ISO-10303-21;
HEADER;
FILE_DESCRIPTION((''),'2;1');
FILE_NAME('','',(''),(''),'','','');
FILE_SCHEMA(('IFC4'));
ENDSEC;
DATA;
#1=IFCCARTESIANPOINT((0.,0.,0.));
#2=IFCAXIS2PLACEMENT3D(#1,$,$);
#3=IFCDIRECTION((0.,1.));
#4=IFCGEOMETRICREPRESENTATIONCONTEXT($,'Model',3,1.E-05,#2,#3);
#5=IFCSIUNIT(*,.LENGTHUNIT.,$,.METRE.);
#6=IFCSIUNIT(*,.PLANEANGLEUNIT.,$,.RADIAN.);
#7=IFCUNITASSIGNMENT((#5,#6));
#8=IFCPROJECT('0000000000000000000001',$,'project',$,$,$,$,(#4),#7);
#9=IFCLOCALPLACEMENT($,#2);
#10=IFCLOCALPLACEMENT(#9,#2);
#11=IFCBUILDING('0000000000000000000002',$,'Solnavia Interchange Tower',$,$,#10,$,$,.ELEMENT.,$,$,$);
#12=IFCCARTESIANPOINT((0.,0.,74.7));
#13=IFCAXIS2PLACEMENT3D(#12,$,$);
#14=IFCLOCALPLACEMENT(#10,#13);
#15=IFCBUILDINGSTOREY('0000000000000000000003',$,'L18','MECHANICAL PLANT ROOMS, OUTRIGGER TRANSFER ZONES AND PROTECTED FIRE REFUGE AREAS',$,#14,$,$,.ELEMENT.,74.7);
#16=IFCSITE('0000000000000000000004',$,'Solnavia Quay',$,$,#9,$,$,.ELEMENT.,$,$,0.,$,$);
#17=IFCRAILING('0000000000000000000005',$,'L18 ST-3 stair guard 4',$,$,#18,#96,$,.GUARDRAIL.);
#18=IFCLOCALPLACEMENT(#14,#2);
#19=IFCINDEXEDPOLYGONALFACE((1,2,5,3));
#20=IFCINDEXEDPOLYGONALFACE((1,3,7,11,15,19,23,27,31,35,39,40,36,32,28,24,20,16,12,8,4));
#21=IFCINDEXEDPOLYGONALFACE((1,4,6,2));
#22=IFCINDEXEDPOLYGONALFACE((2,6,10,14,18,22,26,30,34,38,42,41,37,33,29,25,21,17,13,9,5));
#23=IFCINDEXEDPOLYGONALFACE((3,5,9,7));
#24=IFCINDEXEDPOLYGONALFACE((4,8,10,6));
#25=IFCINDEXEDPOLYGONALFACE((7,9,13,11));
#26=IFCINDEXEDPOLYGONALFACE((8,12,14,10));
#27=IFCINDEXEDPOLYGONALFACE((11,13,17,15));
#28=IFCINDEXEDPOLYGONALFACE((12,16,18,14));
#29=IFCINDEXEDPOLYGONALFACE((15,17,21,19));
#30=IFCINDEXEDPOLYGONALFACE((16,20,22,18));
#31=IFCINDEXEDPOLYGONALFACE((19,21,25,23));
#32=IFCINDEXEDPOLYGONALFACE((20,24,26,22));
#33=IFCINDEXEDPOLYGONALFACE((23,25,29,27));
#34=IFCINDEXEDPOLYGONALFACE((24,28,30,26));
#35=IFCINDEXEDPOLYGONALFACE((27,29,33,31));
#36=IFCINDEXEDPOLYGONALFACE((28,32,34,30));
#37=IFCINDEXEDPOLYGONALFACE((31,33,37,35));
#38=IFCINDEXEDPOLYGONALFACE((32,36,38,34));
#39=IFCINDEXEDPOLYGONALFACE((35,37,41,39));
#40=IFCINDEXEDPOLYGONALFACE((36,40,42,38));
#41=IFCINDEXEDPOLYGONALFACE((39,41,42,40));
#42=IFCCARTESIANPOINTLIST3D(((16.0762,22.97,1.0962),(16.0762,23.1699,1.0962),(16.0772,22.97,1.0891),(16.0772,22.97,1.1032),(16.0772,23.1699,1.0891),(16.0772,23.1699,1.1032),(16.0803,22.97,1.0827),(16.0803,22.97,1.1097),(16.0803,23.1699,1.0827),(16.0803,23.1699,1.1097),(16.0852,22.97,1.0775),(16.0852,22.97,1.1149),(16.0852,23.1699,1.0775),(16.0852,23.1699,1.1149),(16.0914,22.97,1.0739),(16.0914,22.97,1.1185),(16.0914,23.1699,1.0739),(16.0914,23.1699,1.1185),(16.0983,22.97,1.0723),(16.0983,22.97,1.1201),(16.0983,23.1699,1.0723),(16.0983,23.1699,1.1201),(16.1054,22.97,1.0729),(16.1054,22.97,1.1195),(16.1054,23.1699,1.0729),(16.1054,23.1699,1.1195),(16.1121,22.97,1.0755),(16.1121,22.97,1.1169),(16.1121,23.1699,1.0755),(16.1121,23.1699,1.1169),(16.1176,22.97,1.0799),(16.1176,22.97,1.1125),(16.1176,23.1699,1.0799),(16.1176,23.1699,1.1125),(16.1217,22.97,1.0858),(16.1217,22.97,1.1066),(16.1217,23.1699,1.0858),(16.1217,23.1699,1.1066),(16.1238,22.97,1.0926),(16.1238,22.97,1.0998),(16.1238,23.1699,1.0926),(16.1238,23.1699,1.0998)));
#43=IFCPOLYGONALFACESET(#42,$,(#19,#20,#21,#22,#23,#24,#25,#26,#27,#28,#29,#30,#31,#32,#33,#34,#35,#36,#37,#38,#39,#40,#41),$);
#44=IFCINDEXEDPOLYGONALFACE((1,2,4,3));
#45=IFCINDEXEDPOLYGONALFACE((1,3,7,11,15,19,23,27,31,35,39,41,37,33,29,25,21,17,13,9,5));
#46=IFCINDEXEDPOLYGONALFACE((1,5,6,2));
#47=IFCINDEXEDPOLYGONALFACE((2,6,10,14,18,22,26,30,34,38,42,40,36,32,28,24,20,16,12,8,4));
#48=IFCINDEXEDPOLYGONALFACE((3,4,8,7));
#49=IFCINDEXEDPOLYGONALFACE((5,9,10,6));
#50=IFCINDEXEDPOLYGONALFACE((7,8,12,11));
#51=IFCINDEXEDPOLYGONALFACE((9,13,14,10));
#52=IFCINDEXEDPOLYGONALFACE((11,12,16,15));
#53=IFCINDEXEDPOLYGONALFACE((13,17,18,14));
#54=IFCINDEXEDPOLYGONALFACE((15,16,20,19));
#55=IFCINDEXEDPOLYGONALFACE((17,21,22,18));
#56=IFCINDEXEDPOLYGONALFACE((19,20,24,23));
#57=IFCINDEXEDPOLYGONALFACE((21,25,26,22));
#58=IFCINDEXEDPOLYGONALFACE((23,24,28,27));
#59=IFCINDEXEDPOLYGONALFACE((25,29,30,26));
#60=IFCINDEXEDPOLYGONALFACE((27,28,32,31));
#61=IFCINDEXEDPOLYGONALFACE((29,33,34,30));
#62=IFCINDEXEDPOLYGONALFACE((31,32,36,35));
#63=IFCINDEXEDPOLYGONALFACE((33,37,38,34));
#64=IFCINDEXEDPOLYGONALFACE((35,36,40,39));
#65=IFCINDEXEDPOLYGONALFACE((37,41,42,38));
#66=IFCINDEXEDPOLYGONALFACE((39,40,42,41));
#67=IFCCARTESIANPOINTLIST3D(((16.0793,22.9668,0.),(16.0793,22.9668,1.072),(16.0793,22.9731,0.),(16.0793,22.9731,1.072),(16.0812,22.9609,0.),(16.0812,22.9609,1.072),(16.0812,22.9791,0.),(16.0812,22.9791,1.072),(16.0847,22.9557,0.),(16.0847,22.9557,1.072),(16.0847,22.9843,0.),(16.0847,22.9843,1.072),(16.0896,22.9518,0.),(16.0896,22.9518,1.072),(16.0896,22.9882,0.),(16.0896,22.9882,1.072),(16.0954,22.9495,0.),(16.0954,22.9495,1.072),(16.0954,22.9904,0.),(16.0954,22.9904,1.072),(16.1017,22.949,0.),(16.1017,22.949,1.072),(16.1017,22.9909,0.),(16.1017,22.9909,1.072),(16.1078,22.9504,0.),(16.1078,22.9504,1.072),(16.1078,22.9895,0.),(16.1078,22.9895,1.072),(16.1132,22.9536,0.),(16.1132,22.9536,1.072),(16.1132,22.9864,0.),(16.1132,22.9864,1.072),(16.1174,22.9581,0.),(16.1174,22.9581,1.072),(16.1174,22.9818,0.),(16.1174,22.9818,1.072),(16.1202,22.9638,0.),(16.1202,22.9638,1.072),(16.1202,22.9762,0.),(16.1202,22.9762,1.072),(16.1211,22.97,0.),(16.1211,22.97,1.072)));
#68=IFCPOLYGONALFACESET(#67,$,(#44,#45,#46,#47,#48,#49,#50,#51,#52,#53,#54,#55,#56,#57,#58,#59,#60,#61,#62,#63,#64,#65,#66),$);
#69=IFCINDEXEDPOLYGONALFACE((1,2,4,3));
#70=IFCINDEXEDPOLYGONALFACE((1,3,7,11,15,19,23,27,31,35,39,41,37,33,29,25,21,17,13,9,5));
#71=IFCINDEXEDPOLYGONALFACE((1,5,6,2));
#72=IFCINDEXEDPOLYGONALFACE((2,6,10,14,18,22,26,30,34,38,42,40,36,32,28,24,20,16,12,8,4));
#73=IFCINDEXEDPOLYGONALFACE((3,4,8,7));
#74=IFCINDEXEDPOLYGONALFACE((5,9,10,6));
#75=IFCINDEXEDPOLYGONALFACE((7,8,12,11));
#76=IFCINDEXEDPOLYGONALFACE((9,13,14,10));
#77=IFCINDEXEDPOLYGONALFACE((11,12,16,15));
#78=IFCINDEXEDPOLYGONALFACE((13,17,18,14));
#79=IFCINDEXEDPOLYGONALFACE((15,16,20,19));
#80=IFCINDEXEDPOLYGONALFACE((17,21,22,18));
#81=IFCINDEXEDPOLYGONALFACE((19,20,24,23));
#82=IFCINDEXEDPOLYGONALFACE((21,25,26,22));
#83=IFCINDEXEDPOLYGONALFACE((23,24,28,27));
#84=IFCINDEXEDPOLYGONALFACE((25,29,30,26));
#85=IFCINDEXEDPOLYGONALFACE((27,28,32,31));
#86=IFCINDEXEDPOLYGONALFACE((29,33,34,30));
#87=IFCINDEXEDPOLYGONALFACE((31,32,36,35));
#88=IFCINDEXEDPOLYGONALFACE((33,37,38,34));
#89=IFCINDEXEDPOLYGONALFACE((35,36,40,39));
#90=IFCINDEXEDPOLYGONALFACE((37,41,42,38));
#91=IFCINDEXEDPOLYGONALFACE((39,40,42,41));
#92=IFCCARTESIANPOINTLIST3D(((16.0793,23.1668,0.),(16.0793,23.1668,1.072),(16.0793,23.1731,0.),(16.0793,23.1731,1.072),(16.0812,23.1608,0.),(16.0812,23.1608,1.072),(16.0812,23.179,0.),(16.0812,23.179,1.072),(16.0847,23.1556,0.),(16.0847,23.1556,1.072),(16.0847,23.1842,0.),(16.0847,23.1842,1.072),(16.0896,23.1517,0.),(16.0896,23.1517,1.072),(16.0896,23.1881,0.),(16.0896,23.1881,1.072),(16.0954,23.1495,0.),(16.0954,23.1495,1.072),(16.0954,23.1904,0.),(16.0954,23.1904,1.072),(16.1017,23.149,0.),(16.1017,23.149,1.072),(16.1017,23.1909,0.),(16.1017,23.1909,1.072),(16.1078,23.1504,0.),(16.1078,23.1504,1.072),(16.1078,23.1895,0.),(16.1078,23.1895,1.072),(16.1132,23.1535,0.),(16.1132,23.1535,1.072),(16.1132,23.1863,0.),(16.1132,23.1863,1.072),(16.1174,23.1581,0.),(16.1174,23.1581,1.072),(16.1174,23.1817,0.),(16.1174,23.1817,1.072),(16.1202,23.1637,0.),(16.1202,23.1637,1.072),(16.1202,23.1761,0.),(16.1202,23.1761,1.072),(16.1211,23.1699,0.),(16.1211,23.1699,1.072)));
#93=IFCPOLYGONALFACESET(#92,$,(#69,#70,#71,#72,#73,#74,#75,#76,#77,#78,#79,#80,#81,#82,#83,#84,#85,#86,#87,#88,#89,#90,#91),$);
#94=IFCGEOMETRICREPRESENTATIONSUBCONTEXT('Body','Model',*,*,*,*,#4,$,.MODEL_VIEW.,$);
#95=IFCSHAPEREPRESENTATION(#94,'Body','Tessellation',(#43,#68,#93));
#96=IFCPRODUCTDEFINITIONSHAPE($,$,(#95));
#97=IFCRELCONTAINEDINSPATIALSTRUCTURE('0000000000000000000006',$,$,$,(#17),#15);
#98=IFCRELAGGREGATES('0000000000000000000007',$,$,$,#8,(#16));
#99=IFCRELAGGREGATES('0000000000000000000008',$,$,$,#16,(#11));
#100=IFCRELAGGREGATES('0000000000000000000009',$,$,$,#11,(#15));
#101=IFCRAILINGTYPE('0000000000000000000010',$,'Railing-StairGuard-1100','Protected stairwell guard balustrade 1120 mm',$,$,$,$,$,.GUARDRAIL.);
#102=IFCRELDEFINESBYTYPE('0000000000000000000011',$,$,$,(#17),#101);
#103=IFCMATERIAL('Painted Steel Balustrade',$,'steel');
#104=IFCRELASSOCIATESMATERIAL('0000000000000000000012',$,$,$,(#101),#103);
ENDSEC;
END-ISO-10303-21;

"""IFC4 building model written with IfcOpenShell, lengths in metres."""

from ifc_helpers import new_model, si_unit, direction, frame, origin, origin_2d, place, context, subcontext, project, spatial, circle, extrude, material, type_object, element, save


model = new_model("IFC4")

# Units and contexts
model_context = context("Model", 3, precision=1e-05, world=origin(), true_north=direction((0.0, 1.0)))
body_context = subcontext(model_context, "Body", "Model", "MODEL_VIEW")
ifc_project = project(units=[si_unit("LENGTHUNIT", "METRE"), si_unit("PLANEANGLEUNIT", "RADIAN")], contexts=[model_context])

# Site, building, storey
site_placement = place(None, origin())
site = spatial("IfcSite", under=ifc_project, at=site_placement, Name="Solnavia Quay", CompositionType="ELEMENT", RefElevation=0.0)
building_placement = place(site_placement, origin())
building = spatial("IfcBuilding", under=site, at=building_placement, Name="Solnavia Interchange Tower", CompositionType="ELEMENT")
storey_placement = place(building_placement, frame((0.0, 0.0, 74.7)))
storey = spatial("IfcBuildingStorey", under=building, at=storey_placement, Name="L18", Description="MECHANICAL PLANT ROOMS, OUTRIGGER TRANSFER ZONES AND PROTECTED FIRE REFUGE AREAS", CompositionType="ELEMENT", Elevation=74.7)

# Railing
ifc_material_1 = material(Name="Painted Steel Balustrade", Category="steel")
railing_type_1 = type_object("IfcRailingType", Name="Railing-StairGuard-1100", Description="Protected stairwell guard balustrade 1120 mm", PredefinedType="GUARDRAIL", material=ifc_material_1)
railing_1_placement = place(storey_placement, frame((16.1001, 22.97, 0.0)))
element("IfcRailing", 1, at=railing_1_placement, inside=storey, type_object=railing_type_1, Name="L18 ST-3 stair guard 4", PredefinedType="GUARDRAIL", context=body_context, shape_type="SweptSolid", body=[
    extrude(circle(Radius=0.0239, at=origin_2d()), frame((0.0, 0.0, 1.0962), z_axis=(0.0, 1.0, 0.0), x_axis=(-1.0, 0.0, 0.0)), (0.0, 0.0, 1.0), 0.2),
    extrude(circle(Radius=0.021, at=origin_2d()), origin(), (0.0, 0.0, 1.0), 1.072),
    extrude(circle(Radius=0.021, at=origin_2d()), frame((0.0, 0.2, 0.0)), (0.0, 0.0, 1.0), 1.072),
])

save(model, "model.ifc")
